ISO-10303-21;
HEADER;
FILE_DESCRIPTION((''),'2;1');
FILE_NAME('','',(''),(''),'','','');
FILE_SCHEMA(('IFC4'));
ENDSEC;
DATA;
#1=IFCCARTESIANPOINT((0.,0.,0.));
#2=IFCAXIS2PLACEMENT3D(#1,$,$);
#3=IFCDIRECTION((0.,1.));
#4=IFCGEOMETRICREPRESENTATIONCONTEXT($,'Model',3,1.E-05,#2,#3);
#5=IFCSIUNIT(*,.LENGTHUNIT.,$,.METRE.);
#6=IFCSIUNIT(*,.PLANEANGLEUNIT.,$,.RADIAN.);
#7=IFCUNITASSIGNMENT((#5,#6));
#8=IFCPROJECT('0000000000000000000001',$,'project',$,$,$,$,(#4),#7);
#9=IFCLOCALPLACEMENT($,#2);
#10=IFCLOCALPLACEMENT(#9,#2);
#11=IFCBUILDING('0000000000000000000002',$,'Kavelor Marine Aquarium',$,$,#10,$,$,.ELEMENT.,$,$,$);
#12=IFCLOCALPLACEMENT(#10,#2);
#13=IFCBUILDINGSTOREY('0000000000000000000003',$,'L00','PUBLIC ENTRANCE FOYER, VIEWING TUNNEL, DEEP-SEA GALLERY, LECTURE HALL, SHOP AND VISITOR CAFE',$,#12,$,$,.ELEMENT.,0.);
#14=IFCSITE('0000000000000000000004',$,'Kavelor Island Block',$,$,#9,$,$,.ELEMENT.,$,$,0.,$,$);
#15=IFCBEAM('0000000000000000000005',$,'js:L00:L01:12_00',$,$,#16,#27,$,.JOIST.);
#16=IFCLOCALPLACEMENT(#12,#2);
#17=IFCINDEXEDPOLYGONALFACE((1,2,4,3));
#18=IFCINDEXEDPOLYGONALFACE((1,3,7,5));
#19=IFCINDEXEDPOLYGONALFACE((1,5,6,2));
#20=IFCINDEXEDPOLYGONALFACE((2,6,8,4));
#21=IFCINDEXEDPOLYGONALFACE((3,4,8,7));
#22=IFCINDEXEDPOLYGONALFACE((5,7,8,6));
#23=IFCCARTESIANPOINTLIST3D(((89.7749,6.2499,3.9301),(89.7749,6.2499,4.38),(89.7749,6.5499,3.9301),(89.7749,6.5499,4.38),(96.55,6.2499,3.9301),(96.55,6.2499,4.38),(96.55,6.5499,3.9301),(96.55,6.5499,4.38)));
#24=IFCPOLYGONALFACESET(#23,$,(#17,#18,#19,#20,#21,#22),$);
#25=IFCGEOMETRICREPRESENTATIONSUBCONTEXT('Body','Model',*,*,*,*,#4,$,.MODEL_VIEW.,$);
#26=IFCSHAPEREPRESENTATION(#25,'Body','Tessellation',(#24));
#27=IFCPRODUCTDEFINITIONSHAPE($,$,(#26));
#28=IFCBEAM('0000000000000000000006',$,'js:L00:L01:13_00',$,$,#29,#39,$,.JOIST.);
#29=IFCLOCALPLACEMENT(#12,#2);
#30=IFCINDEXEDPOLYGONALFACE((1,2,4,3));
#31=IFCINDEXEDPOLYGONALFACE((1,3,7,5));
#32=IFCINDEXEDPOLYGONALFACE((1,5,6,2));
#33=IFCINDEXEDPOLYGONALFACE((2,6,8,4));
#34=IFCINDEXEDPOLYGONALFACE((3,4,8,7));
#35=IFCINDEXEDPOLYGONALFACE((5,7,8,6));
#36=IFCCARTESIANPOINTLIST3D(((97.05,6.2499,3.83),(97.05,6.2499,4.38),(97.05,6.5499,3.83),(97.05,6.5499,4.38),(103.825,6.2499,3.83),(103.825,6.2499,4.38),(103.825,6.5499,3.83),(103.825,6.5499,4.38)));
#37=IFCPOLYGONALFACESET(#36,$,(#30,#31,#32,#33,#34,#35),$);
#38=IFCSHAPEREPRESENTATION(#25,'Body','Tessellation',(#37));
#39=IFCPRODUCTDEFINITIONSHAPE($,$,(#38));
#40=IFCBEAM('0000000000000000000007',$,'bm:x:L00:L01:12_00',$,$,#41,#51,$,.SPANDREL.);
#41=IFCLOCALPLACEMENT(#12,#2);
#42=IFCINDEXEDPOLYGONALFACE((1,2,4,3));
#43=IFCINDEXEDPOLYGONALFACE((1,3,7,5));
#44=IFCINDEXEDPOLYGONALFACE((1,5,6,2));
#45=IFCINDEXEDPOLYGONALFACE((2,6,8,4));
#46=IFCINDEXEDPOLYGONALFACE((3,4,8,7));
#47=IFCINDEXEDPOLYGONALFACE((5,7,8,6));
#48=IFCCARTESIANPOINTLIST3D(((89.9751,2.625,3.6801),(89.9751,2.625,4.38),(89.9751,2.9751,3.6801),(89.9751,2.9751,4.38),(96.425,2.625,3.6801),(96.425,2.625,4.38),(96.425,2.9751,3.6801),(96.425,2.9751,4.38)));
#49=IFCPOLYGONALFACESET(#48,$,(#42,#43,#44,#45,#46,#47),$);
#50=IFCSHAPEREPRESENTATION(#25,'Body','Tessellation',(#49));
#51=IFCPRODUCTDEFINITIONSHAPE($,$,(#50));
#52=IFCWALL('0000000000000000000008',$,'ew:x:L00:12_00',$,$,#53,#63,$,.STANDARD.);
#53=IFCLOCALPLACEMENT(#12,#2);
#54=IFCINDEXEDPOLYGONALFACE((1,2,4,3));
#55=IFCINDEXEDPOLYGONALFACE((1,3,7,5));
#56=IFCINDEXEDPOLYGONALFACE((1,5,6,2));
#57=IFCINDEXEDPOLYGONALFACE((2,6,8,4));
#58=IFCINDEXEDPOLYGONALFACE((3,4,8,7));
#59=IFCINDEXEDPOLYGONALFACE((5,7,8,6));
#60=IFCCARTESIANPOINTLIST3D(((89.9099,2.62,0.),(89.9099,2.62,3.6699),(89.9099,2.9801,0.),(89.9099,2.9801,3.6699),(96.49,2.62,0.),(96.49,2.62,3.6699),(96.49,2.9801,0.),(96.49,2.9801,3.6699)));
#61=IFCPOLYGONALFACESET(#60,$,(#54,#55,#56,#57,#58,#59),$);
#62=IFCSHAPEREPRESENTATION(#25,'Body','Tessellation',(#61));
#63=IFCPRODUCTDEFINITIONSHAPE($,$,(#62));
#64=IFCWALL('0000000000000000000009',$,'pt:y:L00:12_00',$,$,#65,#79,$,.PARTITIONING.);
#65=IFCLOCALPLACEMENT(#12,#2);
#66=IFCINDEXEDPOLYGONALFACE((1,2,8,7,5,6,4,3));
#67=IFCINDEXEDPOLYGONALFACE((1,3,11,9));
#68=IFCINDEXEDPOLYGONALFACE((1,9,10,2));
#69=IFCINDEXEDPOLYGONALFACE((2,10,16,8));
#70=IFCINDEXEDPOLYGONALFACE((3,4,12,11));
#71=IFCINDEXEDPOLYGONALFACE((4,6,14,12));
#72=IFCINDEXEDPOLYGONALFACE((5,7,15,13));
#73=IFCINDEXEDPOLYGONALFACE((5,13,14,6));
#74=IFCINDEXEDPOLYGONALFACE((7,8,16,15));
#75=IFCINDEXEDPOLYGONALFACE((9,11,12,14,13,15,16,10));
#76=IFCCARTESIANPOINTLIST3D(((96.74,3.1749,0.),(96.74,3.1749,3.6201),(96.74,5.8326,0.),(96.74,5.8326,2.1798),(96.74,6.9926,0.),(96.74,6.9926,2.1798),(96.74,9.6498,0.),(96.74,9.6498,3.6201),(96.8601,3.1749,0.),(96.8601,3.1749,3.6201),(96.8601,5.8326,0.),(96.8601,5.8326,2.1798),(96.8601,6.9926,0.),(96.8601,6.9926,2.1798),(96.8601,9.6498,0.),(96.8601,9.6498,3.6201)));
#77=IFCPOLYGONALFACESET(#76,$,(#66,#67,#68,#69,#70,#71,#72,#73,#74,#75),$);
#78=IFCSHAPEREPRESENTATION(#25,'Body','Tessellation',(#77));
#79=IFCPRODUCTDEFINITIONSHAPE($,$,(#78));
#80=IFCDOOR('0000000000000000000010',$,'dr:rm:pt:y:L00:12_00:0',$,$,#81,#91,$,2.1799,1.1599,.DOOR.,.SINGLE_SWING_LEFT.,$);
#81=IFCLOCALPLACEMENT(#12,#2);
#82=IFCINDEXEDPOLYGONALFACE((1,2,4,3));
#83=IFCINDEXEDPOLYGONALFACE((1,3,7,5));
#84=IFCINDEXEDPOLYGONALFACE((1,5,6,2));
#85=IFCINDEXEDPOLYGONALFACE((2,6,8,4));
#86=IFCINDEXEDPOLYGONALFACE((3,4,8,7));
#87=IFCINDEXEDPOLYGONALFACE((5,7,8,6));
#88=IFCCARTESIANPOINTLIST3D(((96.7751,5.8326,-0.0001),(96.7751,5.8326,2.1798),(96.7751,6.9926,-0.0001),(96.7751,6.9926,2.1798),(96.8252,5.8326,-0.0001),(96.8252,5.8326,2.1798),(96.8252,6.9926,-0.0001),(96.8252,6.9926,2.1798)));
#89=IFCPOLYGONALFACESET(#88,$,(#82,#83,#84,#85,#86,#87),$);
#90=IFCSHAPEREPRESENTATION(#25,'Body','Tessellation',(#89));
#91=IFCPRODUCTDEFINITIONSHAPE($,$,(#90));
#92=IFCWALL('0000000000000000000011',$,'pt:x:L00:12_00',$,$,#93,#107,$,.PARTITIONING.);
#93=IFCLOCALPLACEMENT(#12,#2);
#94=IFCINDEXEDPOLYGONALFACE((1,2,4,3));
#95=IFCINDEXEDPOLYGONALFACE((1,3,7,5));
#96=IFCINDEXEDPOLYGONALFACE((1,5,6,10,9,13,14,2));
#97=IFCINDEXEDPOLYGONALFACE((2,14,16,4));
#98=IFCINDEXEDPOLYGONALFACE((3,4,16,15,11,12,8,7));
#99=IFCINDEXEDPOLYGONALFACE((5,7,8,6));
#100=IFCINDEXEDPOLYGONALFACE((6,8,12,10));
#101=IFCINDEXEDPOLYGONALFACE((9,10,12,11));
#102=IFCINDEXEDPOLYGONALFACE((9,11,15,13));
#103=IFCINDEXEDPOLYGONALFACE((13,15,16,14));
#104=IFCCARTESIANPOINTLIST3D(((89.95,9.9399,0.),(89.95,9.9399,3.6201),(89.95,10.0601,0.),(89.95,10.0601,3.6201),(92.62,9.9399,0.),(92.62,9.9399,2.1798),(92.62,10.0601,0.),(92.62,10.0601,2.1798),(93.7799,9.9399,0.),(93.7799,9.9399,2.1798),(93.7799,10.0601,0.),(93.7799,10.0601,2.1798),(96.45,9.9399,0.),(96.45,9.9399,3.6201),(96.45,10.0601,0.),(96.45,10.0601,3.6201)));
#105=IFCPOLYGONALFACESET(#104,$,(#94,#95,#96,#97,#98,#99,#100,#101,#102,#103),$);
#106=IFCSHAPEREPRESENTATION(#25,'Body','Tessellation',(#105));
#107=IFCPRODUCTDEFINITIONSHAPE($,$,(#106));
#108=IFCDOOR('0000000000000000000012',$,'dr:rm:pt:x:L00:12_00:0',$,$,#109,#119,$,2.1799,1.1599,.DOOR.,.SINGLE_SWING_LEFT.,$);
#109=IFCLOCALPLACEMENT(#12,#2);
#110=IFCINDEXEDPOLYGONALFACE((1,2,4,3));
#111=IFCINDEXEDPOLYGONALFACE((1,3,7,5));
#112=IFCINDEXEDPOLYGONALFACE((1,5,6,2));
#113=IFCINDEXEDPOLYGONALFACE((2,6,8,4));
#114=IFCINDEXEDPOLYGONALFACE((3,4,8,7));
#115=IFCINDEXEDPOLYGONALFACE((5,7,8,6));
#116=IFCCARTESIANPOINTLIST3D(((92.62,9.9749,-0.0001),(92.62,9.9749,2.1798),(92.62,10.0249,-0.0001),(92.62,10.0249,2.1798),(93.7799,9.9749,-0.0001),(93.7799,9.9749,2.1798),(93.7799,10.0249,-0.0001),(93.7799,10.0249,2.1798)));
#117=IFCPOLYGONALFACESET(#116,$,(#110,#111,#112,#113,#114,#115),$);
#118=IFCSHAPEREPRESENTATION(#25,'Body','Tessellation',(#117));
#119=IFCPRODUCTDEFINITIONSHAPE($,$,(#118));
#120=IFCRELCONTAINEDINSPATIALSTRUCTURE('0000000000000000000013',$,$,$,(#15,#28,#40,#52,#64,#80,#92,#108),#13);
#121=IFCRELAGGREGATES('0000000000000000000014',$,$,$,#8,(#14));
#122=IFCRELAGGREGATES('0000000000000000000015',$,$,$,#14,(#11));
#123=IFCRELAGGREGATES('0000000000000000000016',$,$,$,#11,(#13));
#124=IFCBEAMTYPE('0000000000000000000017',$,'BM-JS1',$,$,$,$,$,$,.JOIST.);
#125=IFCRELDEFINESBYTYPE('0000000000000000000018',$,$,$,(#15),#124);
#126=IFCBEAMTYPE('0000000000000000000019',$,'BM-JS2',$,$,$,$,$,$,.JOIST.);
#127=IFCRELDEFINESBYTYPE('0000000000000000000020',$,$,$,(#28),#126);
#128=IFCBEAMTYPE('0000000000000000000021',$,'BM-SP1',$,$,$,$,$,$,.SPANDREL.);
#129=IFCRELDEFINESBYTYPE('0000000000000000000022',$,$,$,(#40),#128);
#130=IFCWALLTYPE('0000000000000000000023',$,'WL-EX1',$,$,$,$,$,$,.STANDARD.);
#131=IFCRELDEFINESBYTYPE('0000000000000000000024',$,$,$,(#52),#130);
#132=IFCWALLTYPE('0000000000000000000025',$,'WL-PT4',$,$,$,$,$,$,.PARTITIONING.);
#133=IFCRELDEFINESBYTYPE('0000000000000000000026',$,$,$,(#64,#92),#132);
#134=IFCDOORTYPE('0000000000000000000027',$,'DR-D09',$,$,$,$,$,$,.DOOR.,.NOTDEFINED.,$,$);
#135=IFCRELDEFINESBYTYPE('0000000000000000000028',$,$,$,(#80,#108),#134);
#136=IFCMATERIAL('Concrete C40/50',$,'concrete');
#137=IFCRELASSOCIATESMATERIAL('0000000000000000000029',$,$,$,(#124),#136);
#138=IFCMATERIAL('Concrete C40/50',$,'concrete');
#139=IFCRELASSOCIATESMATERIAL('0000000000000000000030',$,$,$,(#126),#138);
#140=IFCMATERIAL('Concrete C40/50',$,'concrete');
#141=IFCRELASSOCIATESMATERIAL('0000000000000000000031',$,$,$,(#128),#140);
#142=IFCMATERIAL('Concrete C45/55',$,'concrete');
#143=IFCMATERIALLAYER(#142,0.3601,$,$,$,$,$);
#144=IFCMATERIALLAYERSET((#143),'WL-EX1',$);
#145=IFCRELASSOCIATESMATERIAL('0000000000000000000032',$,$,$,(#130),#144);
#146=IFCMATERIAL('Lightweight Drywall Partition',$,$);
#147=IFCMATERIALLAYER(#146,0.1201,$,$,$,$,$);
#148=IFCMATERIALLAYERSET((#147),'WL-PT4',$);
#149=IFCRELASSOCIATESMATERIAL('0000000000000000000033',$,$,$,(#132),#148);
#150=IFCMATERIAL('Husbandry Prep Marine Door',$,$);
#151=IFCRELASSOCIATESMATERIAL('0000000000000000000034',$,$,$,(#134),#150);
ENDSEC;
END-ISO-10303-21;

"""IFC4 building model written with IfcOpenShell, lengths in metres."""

from ifc_helpers import new_model, si_unit, direction, frame, frame_2d, origin, origin_2d, place, context, subcontext, project, spatial, rectangle, extrude, material, layer, layer_set, material_profile, profile_set, type_object, element, fill, save


model = new_model("IFC4")

# Units and contexts
model_context = context("Model", 3, precision=1e-05, world=origin(), true_north=direction((0.0, 1.0)))
body_context = subcontext(model_context, "Body", "Model", "MODEL_VIEW")
ifc_project = project(units=[si_unit("LENGTHUNIT", "METRE"), si_unit("PLANEANGLEUNIT", "RADIAN")], contexts=[model_context])

# Site, building, storey
site_placement = place(None, origin())
site = spatial("IfcSite", under=ifc_project, at=site_placement, Name="Kavelor Island Block", CompositionType="ELEMENT", RefElevation=0.0)
building_placement = place(site_placement, origin())
building = spatial("IfcBuilding", under=site, at=building_placement, Name="Kavelor Marine Aquarium", CompositionType="ELEMENT")
storey_placement = place(building_placement, origin())
storey = spatial("IfcBuildingStorey", under=building, at=storey_placement, Name="L00", Description="PUBLIC ENTRANCE FOYER, VIEWING TUNNEL, DEEP-SEA GALLERY, LECTURE HALL, SHOP AND VISITOR CAFE", CompositionType="ELEMENT", Elevation=0.0)

# Beams
ifc_material_1 = material(Name="Concrete C40/50", Category="concrete")
ifc_material_profile_1 = material_profile(ifc_material_1, rectangle(XDim=0.3, YDim=0.45, at=origin_2d()), Name="RC-JS 300x450")
ifc_profile_set_1 = profile_set([ifc_material_profile_1], Name="Concrete C40/50")
beam_type_1 = type_object("IfcBeamType", Name="BM-JS1", PredefinedType="JOIST", material=ifc_profile_set_1)
beam_1_placement = place(storey_placement, frame((89.7749, 6.3999, 4.155), z_axis=(1.0, 0.0, 0.0), x_axis=(0.0, 1.0, 0.0)))
element("IfcBeam", 1, at=beam_1_placement, inside=storey, type_object=beam_type_1, Name="js:L00:L01:12_00", PredefinedType="JOIST", context=body_context, shape_type="SweptSolid", body=[
    extrude(rectangle(XDim=0.3, YDim=0.45, at=origin_2d()), origin(), (0.0, 0.0, 1.0), 6.7751),
])
ifc_material_2 = material(Name="Concrete C40/50", Category="concrete")
ifc_material_profile_2 = material_profile(ifc_material_2, rectangle(XDim=0.3, YDim=0.55, at=origin_2d()), Name="RC-JS 300x550")
ifc_profile_set_2 = profile_set([ifc_material_profile_2], Name="Concrete C40/50")
beam_type_2 = type_object("IfcBeamType", Name="BM-JS2", PredefinedType="JOIST", material=ifc_profile_set_2)
beam_2_placement = place(storey_placement, frame((97.05, 6.3999, 4.105), z_axis=(1.0, 0.0, 0.0), x_axis=(0.0, 1.0, 0.0)))
element("IfcBeam", 2, at=beam_2_placement, inside=storey, type_object=beam_type_2, Name="js:L00:L01:13_00", PredefinedType="JOIST", context=body_context, shape_type="SweptSolid", body=[
    extrude(rectangle(XDim=0.3, YDim=0.55, at=origin_2d()), origin(), (0.0, 0.0, 1.0), 6.7749),
])
ifc_material_3 = material(Name="Concrete C40/50", Category="concrete")
ifc_material_profile_3 = material_profile(ifc_material_3, rectangle(XDim=0.3501, YDim=0.7, at=origin_2d()), Name="RC-SP 350x700")
ifc_profile_set_3 = profile_set([ifc_material_profile_3], Name="Concrete C40/50")
beam_type_3 = type_object("IfcBeamType", Name="BM-SP1", PredefinedType="SPANDREL", material=ifc_profile_set_3)
beam_3_placement = place(storey_placement, frame((89.9751, 2.8, 4.03), z_axis=(1.0, 0.0, 0.0), x_axis=(0.0, 1.0, 0.0)))
element("IfcBeam", 3, at=beam_3_placement, inside=storey, type_object=beam_type_3, Name="bm:x:L00:L01:12_00", PredefinedType="SPANDREL", context=body_context, shape_type="SweptSolid", body=[
    extrude(rectangle(XDim=0.3501, YDim=0.7, at=origin_2d()), origin(), (0.0, 0.0, 1.0), 6.45),
])

# Wall
ifc_material_4 = material(Name="Concrete C45/55", Category="concrete")
ifc_layer_1 = layer(ifc_material_4, 0.3601)
ifc_layer_set_1 = layer_set([ifc_layer_1], Name="WL-EX1")
wall_type_1 = type_object("IfcWallType", Name="WL-EX1", PredefinedType="STANDARD", material=ifc_layer_set_1)
wall_1_placement = place(storey_placement, frame((96.49, 2.8, 0.0), z_axis=(0.0, 0.0, 1.0), x_axis=(-1.0, 0.0, 0.0)))
element("IfcWall", 4, at=wall_1_placement, inside=storey, type_object=wall_type_1, Name="ew:x:L00:12_00", PredefinedType="STANDARD", context=body_context, shape_type="SweptSolid", body=[
    extrude(rectangle(XDim=6.5801, YDim=0.3601, at=frame_2d((3.29, 0.0))), origin(), (0.0, 0.0, 1.0), 3.6699),
])

# Walls, openings, doors
ifc_material_5 = material(Name="Lightweight Drywall Partition")
ifc_layer_2 = layer(ifc_material_5, 0.1201)
ifc_layer_set_2 = layer_set([ifc_layer_2], Name="WL-PT4")
wall_type_2 = type_object("IfcWallType", Name="WL-PT4", PredefinedType="PARTITIONING", material=ifc_layer_set_2)
wall_2_placement = place(storey_placement, frame((96.8, 3.175, 0.0), z_axis=(0.0, 0.0, 1.0), x_axis=(0.0, 1.0, 0.0)))
wall_2 = element("IfcWall", 5, at=wall_2_placement, inside=storey, type_object=wall_type_2, Name="pt:y:L00:12_00", PredefinedType="PARTITIONING", context=body_context, shape_type="SweptSolid", body=[
    extrude(rectangle(XDim=6.4749, YDim=0.1201, at=frame_2d((3.2373, 0.0))), origin(), (0.0, 0.0, 1.0), 3.6201),
])
opening_1_placement = place(wall_2_placement, frame((2.6575, 0.0, 0.0)))
opening_1 = element("IfcOpeningElement", 6, at=opening_1_placement, cuts=wall_2, PredefinedType="OPENING", context=body_context, shape_type="SweptSolid", body=[
    extrude(rectangle(XDim=1.1599, YDim=2.1799, at=frame_2d((0.5801, 1.0898))), frame((0.0, 0.0701, 0.0), z_axis=(0.0, -1.0, 0.0), x_axis=(1.0, 0.0, 0.0)), (0.0, 0.0, 1.0), 0.1401),
])
ifc_material_6 = material(Name="Husbandry Prep Marine Door")
door_type = type_object("IfcDoorType", Name="DR-D09", OperationType="NOTDEFINED", PredefinedType="DOOR", material=ifc_material_6)
door_1_placement = place(opening_1_placement, origin())
door_1 = element("IfcDoor", 7, at=door_1_placement, inside=storey, type_object=door_type, Name="dr:rm:pt:y:L00:12_00:0", OperationType="SINGLE_SWING_LEFT", OverallHeight=2.1799, OverallWidth=1.1599, PredefinedType="DOOR", context=body_context, shape_type="SweptSolid", body=[
    extrude(rectangle(XDim=1.1599, YDim=2.1799, at=frame_2d((0.5801, 1.0898))), frame((0.0, 0.0249, 0.0), z_axis=(0.0, -1.0, 0.0), x_axis=(1.0, 0.0, 0.0)), (0.0, 0.0, 1.0), 0.05),
])
fill(opening_1, door_1)
wall_3_placement = place(storey_placement, frame((89.95, 10.0, 0.0), z_axis=(0.0, 0.0, 1.0), x_axis=(1.0, 0.0, 0.0)))
wall_3 = element("IfcWall", 8, at=wall_3_placement, inside=storey, type_object=wall_type_2, Name="pt:x:L00:12_00", PredefinedType="PARTITIONING", context=body_context, shape_type="SweptSolid", body=[
    extrude(rectangle(XDim=6.5, YDim=0.1201, at=frame_2d((3.25, 0.0))), origin(), (0.0, 0.0, 1.0), 3.6201),
])
opening_2_placement = place(wall_3_placement, frame((2.6699, 0.0, 0.0)))
opening_2 = element("IfcOpeningElement", 9, at=opening_2_placement, cuts=wall_3, PredefinedType="OPENING", context=body_context, shape_type="SweptSolid", body=[
    extrude(rectangle(XDim=1.1599, YDim=2.1799, at=frame_2d((0.5801, 1.0898))), frame((0.0, 0.0701, 0.0), z_axis=(0.0, -1.0, 0.0), x_axis=(1.0, 0.0, 0.0)), (0.0, 0.0, 1.0), 0.1401),
])
door_2_placement = place(opening_2_placement, origin())
door_2 = element("IfcDoor", 10, at=door_2_placement, inside=storey, type_object=door_type, Name="dr:rm:pt:x:L00:12_00:0", OperationType="SINGLE_SWING_LEFT", OverallHeight=2.1799, OverallWidth=1.1599, PredefinedType="DOOR", context=body_context, shape_type="SweptSolid", body=[
    extrude(rectangle(XDim=1.1599, YDim=2.1799, at=frame_2d((0.5801, 1.0898))), frame((0.0, 0.0249, 0.0), z_axis=(0.0, -1.0, 0.0), x_axis=(1.0, 0.0, 0.0)), (0.0, 0.0, 1.0), 0.05),
])
fill(opening_2, door_2)

save(model, "model.ifc")
